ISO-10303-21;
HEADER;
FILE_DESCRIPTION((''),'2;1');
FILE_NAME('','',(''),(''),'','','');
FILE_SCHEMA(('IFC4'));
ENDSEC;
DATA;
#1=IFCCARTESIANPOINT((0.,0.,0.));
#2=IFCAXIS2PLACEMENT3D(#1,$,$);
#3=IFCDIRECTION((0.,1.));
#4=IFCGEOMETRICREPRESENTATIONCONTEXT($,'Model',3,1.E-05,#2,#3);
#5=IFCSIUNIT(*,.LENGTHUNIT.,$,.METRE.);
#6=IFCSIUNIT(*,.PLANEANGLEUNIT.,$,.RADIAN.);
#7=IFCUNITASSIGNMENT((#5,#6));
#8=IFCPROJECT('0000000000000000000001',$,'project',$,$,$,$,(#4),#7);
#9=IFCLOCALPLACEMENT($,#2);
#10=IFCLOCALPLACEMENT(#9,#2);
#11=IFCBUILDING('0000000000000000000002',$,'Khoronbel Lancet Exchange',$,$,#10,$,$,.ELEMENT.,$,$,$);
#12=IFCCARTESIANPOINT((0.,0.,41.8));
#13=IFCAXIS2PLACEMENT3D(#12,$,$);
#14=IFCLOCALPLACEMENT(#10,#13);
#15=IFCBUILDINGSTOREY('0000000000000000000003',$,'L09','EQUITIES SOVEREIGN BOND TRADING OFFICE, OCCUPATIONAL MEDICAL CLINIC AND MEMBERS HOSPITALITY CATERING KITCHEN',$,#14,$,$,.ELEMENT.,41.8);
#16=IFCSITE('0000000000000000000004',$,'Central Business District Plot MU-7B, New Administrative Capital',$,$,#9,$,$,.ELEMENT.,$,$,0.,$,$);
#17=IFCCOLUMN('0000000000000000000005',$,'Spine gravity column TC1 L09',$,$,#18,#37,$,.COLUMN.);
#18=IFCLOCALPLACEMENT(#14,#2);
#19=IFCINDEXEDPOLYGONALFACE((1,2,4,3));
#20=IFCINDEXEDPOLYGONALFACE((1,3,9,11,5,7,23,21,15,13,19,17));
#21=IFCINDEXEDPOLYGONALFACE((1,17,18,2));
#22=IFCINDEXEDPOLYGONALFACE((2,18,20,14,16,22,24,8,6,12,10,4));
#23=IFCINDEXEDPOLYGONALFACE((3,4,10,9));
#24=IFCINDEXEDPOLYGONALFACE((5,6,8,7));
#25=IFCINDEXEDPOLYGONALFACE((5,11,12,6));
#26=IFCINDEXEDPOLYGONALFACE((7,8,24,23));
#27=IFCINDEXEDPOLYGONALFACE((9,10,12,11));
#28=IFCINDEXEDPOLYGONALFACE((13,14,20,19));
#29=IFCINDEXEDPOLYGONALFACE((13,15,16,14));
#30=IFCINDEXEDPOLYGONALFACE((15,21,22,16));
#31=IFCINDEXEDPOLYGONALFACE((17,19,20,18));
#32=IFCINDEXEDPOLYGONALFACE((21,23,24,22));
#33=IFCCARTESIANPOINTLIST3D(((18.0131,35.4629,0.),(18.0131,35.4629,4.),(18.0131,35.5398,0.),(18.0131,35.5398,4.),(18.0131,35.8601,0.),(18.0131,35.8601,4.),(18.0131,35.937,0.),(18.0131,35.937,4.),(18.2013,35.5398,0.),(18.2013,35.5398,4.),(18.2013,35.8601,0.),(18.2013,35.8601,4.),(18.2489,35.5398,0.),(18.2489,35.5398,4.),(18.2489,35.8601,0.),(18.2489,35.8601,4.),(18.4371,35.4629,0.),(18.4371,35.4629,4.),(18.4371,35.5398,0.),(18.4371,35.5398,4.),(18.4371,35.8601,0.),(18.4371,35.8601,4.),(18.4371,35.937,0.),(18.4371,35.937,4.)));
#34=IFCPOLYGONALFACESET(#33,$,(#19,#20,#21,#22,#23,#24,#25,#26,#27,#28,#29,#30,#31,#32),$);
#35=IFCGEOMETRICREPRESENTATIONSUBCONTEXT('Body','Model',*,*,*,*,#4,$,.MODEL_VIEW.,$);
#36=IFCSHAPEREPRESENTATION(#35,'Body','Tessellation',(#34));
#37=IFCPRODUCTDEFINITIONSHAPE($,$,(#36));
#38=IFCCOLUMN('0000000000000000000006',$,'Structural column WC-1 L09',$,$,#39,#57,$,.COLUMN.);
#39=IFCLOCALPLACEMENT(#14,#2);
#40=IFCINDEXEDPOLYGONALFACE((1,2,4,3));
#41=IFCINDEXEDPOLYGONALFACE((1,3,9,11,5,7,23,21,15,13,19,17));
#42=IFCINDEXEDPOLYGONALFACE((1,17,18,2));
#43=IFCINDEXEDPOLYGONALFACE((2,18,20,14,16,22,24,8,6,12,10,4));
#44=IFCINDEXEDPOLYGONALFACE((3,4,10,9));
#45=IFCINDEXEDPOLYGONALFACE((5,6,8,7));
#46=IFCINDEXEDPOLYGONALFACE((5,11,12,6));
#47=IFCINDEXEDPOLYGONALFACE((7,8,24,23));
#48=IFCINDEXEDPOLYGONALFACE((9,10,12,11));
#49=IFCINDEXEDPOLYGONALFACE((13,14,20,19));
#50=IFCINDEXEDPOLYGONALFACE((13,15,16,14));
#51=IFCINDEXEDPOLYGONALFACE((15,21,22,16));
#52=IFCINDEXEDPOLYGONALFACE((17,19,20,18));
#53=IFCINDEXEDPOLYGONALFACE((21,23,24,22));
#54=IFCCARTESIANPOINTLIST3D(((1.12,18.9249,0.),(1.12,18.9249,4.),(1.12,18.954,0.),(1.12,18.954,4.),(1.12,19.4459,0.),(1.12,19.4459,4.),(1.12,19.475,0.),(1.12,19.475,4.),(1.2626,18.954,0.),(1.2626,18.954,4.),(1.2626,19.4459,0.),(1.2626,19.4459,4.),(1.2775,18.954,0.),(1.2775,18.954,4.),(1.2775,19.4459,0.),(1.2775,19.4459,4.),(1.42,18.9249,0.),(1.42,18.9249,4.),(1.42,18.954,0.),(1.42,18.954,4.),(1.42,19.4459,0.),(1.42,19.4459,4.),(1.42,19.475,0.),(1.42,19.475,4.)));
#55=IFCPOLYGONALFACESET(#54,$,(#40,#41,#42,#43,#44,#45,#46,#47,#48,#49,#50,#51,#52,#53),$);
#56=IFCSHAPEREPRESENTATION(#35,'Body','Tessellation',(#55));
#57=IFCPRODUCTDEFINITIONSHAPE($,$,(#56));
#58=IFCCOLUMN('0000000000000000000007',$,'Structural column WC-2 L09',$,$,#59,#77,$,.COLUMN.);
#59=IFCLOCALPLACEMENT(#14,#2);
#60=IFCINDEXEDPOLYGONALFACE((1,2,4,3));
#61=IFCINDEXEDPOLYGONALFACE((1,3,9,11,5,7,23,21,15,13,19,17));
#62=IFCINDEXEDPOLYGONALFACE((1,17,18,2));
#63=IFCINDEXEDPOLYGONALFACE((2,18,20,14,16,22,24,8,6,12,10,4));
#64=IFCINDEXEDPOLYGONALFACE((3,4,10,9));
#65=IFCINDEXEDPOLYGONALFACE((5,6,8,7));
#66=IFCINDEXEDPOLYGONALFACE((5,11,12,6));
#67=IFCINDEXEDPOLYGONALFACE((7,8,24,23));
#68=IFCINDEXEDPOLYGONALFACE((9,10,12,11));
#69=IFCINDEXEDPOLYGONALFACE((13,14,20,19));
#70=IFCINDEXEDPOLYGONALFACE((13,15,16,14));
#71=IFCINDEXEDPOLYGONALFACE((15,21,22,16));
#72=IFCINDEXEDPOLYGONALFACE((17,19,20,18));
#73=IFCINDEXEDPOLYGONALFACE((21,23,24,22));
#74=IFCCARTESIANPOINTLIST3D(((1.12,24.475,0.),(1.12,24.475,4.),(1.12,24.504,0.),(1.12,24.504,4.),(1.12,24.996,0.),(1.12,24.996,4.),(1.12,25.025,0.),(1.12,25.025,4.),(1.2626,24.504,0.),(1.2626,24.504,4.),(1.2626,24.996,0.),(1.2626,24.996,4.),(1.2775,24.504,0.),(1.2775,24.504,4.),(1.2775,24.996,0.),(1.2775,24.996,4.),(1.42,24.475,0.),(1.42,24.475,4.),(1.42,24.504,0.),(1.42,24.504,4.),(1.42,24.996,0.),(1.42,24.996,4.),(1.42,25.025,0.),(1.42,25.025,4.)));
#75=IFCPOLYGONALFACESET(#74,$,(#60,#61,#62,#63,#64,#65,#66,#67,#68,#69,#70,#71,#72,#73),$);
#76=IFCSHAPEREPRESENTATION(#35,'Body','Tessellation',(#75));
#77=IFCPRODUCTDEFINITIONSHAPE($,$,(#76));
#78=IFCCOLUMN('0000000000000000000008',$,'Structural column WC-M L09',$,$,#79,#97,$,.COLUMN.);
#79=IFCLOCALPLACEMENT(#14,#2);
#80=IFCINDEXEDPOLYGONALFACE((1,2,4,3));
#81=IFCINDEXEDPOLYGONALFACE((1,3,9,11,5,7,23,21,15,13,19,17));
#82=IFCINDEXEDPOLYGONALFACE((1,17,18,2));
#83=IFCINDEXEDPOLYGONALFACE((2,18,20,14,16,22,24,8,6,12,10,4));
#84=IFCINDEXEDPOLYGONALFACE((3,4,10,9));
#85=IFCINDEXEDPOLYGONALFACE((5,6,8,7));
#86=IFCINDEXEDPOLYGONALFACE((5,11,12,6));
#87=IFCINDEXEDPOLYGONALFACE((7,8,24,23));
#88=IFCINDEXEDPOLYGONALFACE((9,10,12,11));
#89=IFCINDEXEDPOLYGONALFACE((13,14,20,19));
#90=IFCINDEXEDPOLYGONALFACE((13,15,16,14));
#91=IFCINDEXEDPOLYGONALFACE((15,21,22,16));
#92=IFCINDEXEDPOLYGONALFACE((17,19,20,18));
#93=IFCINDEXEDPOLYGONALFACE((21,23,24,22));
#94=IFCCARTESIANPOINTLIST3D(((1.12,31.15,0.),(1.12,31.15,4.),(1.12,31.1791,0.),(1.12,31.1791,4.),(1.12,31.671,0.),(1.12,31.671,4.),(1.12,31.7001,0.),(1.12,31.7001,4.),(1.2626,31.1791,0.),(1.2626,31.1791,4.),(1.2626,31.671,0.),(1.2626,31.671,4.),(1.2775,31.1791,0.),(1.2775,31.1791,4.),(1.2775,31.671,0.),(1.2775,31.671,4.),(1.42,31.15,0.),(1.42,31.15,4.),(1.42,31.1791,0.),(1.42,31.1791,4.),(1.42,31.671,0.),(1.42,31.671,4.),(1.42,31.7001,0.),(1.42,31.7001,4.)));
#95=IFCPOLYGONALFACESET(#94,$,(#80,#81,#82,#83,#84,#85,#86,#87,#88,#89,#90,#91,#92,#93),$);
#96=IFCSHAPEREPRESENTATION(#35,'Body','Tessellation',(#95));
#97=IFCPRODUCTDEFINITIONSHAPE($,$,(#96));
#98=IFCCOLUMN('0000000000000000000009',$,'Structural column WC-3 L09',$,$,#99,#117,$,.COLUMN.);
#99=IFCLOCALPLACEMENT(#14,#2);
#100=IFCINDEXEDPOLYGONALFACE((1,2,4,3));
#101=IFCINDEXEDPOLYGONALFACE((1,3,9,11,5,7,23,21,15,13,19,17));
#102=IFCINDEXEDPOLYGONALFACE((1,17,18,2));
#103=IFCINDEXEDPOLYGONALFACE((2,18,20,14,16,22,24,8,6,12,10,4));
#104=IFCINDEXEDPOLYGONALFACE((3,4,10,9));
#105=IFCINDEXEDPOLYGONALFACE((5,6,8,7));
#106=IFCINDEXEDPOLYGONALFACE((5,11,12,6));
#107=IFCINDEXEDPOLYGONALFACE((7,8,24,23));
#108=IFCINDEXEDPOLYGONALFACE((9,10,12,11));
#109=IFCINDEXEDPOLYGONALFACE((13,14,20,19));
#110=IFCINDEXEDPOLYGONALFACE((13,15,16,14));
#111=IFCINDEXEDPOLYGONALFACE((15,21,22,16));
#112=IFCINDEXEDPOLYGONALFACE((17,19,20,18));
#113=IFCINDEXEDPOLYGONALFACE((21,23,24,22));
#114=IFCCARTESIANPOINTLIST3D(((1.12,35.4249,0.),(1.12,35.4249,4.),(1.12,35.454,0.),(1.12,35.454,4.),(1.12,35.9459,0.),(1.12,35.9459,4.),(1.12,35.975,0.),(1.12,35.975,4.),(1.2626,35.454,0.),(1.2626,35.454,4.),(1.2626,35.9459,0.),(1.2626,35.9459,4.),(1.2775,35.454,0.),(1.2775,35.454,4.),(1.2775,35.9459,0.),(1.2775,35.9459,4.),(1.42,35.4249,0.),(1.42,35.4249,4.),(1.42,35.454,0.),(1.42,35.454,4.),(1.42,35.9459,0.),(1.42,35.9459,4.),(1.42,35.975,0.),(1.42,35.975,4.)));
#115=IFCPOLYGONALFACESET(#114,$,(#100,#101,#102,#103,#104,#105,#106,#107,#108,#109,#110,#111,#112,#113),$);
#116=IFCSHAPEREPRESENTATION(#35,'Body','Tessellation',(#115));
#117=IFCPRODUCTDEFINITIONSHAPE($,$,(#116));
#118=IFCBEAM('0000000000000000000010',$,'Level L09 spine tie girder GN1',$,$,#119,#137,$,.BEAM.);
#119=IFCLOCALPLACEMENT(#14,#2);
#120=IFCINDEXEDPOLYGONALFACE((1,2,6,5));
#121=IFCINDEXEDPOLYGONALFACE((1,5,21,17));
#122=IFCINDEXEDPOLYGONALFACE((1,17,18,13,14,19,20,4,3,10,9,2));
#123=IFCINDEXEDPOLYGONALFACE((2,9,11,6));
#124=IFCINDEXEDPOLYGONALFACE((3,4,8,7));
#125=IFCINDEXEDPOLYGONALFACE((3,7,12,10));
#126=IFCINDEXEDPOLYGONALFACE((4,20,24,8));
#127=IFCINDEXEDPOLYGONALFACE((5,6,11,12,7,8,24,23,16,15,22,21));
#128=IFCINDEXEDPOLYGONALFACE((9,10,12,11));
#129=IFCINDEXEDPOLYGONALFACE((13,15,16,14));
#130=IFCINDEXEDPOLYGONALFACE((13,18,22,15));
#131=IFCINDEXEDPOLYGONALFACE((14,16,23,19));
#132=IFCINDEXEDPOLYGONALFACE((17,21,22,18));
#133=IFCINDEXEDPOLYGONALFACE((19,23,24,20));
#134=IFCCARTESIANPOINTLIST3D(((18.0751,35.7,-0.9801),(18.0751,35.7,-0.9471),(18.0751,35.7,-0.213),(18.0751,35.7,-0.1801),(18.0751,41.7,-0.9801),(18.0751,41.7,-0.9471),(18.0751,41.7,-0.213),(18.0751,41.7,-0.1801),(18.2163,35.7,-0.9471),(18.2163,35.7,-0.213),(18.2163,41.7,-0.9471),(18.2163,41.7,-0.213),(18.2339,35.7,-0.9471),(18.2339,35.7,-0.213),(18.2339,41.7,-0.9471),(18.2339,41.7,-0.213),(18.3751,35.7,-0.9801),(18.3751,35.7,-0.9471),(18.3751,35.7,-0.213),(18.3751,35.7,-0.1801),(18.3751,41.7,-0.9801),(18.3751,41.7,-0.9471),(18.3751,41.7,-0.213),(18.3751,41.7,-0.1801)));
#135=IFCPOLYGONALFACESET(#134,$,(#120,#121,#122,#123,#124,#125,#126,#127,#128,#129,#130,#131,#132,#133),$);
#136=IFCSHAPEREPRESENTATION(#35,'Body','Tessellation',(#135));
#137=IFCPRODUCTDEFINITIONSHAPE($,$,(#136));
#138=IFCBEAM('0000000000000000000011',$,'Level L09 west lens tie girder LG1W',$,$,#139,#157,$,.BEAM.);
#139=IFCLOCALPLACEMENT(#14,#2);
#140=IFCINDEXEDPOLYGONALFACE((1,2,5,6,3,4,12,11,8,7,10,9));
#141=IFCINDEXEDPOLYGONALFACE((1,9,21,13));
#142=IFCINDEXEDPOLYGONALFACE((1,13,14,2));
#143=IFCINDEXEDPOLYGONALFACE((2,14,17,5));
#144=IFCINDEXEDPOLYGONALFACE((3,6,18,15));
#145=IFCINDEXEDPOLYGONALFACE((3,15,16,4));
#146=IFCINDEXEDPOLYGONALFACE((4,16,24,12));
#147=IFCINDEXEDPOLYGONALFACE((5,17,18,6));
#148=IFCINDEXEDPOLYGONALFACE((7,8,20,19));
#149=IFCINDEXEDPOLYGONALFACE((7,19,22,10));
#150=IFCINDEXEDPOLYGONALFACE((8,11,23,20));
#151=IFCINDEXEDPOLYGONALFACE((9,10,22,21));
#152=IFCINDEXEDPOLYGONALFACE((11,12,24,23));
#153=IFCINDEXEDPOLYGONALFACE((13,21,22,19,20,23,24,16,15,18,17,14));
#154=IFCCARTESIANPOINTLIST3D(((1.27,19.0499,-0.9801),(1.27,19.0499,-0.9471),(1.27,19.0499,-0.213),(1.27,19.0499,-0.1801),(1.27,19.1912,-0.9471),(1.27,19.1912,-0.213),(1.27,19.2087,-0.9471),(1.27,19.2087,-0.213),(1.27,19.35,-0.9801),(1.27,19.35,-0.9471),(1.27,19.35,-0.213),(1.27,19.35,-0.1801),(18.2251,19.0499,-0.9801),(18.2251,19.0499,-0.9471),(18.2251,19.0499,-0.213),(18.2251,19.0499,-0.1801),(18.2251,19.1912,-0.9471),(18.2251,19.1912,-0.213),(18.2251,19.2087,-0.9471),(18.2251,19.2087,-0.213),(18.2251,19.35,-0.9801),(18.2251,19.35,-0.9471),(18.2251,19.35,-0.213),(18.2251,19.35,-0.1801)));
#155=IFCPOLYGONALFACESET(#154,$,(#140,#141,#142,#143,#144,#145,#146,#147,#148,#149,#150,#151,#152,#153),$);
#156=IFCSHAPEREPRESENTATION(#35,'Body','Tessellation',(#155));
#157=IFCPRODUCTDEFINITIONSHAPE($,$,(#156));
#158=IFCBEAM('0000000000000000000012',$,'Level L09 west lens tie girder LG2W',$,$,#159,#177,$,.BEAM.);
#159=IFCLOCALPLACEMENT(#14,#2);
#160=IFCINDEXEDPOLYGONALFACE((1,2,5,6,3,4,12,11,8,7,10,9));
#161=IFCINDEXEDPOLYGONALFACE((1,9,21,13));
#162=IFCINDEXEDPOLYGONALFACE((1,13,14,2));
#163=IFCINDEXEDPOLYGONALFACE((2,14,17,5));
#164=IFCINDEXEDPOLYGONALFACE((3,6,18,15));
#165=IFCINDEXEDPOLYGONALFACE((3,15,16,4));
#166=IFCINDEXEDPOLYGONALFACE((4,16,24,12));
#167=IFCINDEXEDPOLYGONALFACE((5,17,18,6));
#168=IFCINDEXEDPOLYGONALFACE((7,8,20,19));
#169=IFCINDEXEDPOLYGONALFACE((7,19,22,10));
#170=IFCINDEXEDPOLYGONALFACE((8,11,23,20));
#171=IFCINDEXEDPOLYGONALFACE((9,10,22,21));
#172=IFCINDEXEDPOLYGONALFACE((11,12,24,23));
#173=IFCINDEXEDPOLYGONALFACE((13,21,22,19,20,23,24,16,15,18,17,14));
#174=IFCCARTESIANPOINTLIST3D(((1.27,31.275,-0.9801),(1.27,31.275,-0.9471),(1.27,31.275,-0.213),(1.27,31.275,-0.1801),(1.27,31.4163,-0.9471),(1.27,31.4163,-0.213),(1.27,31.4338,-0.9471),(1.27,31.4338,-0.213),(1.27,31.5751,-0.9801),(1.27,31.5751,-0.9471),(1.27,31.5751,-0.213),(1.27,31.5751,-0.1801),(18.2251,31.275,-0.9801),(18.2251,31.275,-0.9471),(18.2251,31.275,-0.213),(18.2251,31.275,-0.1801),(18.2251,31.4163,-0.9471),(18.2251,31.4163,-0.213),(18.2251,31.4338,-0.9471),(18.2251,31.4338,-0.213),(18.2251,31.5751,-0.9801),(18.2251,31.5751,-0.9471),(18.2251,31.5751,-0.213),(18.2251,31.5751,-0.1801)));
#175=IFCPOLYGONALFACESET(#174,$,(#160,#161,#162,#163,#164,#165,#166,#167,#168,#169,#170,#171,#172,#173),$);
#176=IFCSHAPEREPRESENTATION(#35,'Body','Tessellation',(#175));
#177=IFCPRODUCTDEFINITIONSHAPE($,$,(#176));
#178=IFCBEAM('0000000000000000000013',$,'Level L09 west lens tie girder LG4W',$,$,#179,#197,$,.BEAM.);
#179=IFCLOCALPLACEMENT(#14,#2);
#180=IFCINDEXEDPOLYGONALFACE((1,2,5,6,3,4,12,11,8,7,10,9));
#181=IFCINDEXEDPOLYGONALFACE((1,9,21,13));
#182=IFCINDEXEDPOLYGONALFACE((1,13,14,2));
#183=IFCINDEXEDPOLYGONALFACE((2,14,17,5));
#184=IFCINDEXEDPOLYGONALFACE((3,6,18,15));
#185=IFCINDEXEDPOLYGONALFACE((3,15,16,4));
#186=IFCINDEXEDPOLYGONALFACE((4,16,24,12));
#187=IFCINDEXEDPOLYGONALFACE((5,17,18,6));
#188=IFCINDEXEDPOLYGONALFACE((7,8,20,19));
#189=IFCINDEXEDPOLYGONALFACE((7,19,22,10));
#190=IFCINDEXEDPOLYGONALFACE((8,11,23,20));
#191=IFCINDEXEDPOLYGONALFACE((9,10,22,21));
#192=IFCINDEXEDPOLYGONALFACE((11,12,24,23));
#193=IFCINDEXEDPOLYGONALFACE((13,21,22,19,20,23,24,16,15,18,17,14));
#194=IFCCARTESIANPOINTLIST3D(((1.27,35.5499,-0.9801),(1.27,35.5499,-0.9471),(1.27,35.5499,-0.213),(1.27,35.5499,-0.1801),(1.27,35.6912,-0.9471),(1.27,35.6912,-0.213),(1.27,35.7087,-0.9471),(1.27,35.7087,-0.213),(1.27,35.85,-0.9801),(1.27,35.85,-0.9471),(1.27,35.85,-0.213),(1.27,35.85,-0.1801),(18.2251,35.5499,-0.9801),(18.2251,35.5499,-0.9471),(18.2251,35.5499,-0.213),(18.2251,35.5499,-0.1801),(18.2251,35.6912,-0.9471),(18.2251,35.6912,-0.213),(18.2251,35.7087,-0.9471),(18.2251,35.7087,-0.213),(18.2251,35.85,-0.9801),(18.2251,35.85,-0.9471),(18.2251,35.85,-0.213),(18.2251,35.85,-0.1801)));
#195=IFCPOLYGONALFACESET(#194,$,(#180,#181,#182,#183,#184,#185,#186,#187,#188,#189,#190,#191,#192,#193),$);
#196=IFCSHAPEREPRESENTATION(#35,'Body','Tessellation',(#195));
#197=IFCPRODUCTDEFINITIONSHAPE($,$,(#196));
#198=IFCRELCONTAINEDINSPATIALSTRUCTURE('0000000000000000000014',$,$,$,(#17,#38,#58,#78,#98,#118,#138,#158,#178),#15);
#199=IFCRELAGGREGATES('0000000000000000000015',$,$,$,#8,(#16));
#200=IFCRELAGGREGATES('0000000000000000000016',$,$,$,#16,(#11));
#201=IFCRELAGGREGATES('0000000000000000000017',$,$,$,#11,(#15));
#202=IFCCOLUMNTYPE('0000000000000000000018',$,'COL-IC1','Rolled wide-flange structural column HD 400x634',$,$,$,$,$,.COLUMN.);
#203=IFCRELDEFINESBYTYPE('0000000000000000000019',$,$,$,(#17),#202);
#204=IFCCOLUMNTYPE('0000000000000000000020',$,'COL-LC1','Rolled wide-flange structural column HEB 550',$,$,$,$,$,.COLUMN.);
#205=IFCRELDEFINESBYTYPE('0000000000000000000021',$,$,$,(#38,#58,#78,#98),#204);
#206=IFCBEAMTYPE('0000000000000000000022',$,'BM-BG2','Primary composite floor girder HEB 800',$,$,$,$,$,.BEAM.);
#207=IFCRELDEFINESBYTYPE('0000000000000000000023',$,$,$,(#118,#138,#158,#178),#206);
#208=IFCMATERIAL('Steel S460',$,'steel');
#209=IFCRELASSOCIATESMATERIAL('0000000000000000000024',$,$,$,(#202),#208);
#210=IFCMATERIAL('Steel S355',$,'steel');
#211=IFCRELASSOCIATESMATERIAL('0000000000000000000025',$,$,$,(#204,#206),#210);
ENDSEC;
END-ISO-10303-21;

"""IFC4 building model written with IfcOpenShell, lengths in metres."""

from ifc_helpers import new_model, si_unit, direction, frame, origin, origin_2d, place, context, subcontext, project, spatial, i_section, extrude, material, material_profile, profile_set, type_object, element, save


model = new_model("IFC4")

# Units and contexts
model_context = context("Model", 3, precision=1e-05, world=origin(), true_north=direction((0.0, 1.0)))
body_context = subcontext(model_context, "Body", "Model", "MODEL_VIEW")
ifc_project = project(units=[si_unit("LENGTHUNIT", "METRE"), si_unit("PLANEANGLEUNIT", "RADIAN")], contexts=[model_context])

# Site, building, storey
site_placement = place(None, origin())
site = spatial("IfcSite", under=ifc_project, at=site_placement, Name="Central Business District Plot MU-7B, New Administrative Capital", CompositionType="ELEMENT", RefElevation=0.0)
building_placement = place(site_placement, origin())
building = spatial("IfcBuilding", under=site, at=building_placement, Name="Khoronbel Lancet Exchange", CompositionType="ELEMENT")
storey_placement = place(building_placement, frame((0.0, 0.0, 41.8)))
storey = spatial("IfcBuildingStorey", under=building, at=storey_placement, Name="L09", Description="EQUITIES SOVEREIGN BOND TRADING OFFICE, OCCUPATIONAL MEDICAL CLINIC AND MEMBERS HOSPITALITY CATERING KITCHEN", CompositionType="ELEMENT", Elevation=41.8)

# Columns
ifc_material_1 = material(Name="Steel S460", Category="steel")
ifc_material_profile_1 = material_profile(ifc_material_1, i_section(OverallWidth=0.4241, OverallDepth=0.4741, WebThickness=0.0476, FlangeThickness=0.0769, at=origin_2d()), Name="HD 400x634")
ifc_profile_set_1 = profile_set([ifc_material_profile_1], Name="Steel S460")
column_type_1 = type_object("IfcColumnType", Name="COL-IC1", Description="Rolled wide-flange structural column HD 400x634", PredefinedType="COLUMN", material=ifc_profile_set_1)
column_placement = place(storey_placement, frame((18.2251, 35.7, 0.0), z_axis=(0.0, 0.0, 1.0), x_axis=(1.0, 0.0, 0.0)))
element("IfcColumn", 1, at=column_placement, inside=storey, type_object=column_type_1, Name="Spine gravity column TC1 L09", PredefinedType="COLUMN", context=body_context, shape_type="SweptSolid", body=[
    extrude(i_section(OverallWidth=0.4241, OverallDepth=0.4741, WebThickness=0.0476, FlangeThickness=0.0769, at=origin_2d()), origin(), (0.0, 0.0, 1.0), 4.0),
])
ifc_material_2 = material(Name="Steel S355", Category="steel")
ifc_material_profile_2 = material_profile(ifc_material_2, i_section(OverallWidth=0.3, OverallDepth=0.55, WebThickness=0.0149, FlangeThickness=0.0291, at=origin_2d()), Name="HEB 550")
ifc_profile_set_2 = profile_set([ifc_material_profile_2], Name="Steel S355")
column_type_2 = type_object("IfcColumnType", Name="COL-LC1", Description="Rolled wide-flange structural column HEB 550", PredefinedType="COLUMN", material=ifc_profile_set_2)
for number, where, z_axis, x_axis, name in (
    (2, (1.27, 19.2, 0.0), (0.0, 0.0, 1.0), (1.0, 0.0, 0.0), "Structural column WC-1 L09"),
    (3, (1.27, 24.75, 0.0), (0.0, 0.0, 1.0), (1.0, 0.0, 0.0), "Structural column WC-2 L09"),
    (4, (1.27, 31.425, 0.0), (0.0, 0.0, 1.0), (1.0, 0.0, 0.0), "Structural column WC-M L09"),
    (5, (1.27, 35.7, 0.0), (0.0, 0.0, 1.0), (1.0, 0.0, 0.0), "Structural column WC-3 L09"),
):
    element("IfcColumn", number, at=place(storey_placement, frame(where, z_axis=z_axis, x_axis=x_axis)), inside=storey, type_object=column_type_2, Name=name, PredefinedType="COLUMN", context=body_context, shape_type="SweptSolid", body=[
        extrude(i_section(OverallWidth=0.3, OverallDepth=0.55, WebThickness=0.0149, FlangeThickness=0.0291, at=origin_2d()), origin(), (0.0, 0.0, 1.0), 4.0),
    ])

# Beams
ifc_material_profile_3 = material_profile(ifc_material_2, i_section(OverallWidth=0.3, OverallDepth=0.8, WebThickness=0.0176, FlangeThickness=0.033, at=origin_2d()), Name="HEB 800")
ifc_profile_set_3 = profile_set([ifc_material_profile_3], Name="Steel S355")
beam_type_1 = type_object("IfcBeamType", Name="BM-BG2", Description="Primary composite floor girder HEB 800", PredefinedType="BEAM", material=ifc_profile_set_3)
beam_1_placement = place(storey_placement, frame((18.2251, 35.7, -0.5801), z_axis=(0.0, 1.0, 0.0), x_axis=(-1.0, 0.0, 0.0)))
element("IfcBeam", 6, at=beam_1_placement, inside=storey, type_object=beam_type_1, Name="Level L09 spine tie girder GN1", PredefinedType="BEAM", context=body_context, shape_type="SweptSolid", body=[
    extrude(i_section(OverallWidth=0.3, OverallDepth=0.8, WebThickness=0.0176, FlangeThickness=0.033, at=origin_2d()), origin(), (0.0, 0.0, 1.0), 6.0),
])
for number, where, z_axis, x_axis, name in (
    (7, (1.27, 19.2, -0.5801), (1.0, 0.0, 0.0), (0.0, 1.0, 0.0), "Level L09 west lens tie girder LG1W"),
    (8, (1.27, 31.425, -0.5801), (1.0, 0.0, 0.0), (0.0, 1.0, 0.0), "Level L09 west lens tie girder LG2W"),
    (9, (1.27, 35.7, -0.5801), (1.0, 0.0, 0.0), (0.0, 1.0, 0.0), "Level L09 west lens tie girder LG4W"),
):
    element("IfcBeam", number, at=place(storey_placement, frame(where, z_axis=z_axis, x_axis=x_axis)), inside=storey, type_object=beam_type_1, Name=name, PredefinedType="BEAM", context=body_context, shape_type="SweptSolid", body=[
        extrude(i_section(OverallWidth=0.3, OverallDepth=0.8, WebThickness=0.0176, FlangeThickness=0.033, at=origin_2d()), origin(), (0.0, 0.0, 1.0), 16.9551),
    ])

save(model, "model.ifc")
